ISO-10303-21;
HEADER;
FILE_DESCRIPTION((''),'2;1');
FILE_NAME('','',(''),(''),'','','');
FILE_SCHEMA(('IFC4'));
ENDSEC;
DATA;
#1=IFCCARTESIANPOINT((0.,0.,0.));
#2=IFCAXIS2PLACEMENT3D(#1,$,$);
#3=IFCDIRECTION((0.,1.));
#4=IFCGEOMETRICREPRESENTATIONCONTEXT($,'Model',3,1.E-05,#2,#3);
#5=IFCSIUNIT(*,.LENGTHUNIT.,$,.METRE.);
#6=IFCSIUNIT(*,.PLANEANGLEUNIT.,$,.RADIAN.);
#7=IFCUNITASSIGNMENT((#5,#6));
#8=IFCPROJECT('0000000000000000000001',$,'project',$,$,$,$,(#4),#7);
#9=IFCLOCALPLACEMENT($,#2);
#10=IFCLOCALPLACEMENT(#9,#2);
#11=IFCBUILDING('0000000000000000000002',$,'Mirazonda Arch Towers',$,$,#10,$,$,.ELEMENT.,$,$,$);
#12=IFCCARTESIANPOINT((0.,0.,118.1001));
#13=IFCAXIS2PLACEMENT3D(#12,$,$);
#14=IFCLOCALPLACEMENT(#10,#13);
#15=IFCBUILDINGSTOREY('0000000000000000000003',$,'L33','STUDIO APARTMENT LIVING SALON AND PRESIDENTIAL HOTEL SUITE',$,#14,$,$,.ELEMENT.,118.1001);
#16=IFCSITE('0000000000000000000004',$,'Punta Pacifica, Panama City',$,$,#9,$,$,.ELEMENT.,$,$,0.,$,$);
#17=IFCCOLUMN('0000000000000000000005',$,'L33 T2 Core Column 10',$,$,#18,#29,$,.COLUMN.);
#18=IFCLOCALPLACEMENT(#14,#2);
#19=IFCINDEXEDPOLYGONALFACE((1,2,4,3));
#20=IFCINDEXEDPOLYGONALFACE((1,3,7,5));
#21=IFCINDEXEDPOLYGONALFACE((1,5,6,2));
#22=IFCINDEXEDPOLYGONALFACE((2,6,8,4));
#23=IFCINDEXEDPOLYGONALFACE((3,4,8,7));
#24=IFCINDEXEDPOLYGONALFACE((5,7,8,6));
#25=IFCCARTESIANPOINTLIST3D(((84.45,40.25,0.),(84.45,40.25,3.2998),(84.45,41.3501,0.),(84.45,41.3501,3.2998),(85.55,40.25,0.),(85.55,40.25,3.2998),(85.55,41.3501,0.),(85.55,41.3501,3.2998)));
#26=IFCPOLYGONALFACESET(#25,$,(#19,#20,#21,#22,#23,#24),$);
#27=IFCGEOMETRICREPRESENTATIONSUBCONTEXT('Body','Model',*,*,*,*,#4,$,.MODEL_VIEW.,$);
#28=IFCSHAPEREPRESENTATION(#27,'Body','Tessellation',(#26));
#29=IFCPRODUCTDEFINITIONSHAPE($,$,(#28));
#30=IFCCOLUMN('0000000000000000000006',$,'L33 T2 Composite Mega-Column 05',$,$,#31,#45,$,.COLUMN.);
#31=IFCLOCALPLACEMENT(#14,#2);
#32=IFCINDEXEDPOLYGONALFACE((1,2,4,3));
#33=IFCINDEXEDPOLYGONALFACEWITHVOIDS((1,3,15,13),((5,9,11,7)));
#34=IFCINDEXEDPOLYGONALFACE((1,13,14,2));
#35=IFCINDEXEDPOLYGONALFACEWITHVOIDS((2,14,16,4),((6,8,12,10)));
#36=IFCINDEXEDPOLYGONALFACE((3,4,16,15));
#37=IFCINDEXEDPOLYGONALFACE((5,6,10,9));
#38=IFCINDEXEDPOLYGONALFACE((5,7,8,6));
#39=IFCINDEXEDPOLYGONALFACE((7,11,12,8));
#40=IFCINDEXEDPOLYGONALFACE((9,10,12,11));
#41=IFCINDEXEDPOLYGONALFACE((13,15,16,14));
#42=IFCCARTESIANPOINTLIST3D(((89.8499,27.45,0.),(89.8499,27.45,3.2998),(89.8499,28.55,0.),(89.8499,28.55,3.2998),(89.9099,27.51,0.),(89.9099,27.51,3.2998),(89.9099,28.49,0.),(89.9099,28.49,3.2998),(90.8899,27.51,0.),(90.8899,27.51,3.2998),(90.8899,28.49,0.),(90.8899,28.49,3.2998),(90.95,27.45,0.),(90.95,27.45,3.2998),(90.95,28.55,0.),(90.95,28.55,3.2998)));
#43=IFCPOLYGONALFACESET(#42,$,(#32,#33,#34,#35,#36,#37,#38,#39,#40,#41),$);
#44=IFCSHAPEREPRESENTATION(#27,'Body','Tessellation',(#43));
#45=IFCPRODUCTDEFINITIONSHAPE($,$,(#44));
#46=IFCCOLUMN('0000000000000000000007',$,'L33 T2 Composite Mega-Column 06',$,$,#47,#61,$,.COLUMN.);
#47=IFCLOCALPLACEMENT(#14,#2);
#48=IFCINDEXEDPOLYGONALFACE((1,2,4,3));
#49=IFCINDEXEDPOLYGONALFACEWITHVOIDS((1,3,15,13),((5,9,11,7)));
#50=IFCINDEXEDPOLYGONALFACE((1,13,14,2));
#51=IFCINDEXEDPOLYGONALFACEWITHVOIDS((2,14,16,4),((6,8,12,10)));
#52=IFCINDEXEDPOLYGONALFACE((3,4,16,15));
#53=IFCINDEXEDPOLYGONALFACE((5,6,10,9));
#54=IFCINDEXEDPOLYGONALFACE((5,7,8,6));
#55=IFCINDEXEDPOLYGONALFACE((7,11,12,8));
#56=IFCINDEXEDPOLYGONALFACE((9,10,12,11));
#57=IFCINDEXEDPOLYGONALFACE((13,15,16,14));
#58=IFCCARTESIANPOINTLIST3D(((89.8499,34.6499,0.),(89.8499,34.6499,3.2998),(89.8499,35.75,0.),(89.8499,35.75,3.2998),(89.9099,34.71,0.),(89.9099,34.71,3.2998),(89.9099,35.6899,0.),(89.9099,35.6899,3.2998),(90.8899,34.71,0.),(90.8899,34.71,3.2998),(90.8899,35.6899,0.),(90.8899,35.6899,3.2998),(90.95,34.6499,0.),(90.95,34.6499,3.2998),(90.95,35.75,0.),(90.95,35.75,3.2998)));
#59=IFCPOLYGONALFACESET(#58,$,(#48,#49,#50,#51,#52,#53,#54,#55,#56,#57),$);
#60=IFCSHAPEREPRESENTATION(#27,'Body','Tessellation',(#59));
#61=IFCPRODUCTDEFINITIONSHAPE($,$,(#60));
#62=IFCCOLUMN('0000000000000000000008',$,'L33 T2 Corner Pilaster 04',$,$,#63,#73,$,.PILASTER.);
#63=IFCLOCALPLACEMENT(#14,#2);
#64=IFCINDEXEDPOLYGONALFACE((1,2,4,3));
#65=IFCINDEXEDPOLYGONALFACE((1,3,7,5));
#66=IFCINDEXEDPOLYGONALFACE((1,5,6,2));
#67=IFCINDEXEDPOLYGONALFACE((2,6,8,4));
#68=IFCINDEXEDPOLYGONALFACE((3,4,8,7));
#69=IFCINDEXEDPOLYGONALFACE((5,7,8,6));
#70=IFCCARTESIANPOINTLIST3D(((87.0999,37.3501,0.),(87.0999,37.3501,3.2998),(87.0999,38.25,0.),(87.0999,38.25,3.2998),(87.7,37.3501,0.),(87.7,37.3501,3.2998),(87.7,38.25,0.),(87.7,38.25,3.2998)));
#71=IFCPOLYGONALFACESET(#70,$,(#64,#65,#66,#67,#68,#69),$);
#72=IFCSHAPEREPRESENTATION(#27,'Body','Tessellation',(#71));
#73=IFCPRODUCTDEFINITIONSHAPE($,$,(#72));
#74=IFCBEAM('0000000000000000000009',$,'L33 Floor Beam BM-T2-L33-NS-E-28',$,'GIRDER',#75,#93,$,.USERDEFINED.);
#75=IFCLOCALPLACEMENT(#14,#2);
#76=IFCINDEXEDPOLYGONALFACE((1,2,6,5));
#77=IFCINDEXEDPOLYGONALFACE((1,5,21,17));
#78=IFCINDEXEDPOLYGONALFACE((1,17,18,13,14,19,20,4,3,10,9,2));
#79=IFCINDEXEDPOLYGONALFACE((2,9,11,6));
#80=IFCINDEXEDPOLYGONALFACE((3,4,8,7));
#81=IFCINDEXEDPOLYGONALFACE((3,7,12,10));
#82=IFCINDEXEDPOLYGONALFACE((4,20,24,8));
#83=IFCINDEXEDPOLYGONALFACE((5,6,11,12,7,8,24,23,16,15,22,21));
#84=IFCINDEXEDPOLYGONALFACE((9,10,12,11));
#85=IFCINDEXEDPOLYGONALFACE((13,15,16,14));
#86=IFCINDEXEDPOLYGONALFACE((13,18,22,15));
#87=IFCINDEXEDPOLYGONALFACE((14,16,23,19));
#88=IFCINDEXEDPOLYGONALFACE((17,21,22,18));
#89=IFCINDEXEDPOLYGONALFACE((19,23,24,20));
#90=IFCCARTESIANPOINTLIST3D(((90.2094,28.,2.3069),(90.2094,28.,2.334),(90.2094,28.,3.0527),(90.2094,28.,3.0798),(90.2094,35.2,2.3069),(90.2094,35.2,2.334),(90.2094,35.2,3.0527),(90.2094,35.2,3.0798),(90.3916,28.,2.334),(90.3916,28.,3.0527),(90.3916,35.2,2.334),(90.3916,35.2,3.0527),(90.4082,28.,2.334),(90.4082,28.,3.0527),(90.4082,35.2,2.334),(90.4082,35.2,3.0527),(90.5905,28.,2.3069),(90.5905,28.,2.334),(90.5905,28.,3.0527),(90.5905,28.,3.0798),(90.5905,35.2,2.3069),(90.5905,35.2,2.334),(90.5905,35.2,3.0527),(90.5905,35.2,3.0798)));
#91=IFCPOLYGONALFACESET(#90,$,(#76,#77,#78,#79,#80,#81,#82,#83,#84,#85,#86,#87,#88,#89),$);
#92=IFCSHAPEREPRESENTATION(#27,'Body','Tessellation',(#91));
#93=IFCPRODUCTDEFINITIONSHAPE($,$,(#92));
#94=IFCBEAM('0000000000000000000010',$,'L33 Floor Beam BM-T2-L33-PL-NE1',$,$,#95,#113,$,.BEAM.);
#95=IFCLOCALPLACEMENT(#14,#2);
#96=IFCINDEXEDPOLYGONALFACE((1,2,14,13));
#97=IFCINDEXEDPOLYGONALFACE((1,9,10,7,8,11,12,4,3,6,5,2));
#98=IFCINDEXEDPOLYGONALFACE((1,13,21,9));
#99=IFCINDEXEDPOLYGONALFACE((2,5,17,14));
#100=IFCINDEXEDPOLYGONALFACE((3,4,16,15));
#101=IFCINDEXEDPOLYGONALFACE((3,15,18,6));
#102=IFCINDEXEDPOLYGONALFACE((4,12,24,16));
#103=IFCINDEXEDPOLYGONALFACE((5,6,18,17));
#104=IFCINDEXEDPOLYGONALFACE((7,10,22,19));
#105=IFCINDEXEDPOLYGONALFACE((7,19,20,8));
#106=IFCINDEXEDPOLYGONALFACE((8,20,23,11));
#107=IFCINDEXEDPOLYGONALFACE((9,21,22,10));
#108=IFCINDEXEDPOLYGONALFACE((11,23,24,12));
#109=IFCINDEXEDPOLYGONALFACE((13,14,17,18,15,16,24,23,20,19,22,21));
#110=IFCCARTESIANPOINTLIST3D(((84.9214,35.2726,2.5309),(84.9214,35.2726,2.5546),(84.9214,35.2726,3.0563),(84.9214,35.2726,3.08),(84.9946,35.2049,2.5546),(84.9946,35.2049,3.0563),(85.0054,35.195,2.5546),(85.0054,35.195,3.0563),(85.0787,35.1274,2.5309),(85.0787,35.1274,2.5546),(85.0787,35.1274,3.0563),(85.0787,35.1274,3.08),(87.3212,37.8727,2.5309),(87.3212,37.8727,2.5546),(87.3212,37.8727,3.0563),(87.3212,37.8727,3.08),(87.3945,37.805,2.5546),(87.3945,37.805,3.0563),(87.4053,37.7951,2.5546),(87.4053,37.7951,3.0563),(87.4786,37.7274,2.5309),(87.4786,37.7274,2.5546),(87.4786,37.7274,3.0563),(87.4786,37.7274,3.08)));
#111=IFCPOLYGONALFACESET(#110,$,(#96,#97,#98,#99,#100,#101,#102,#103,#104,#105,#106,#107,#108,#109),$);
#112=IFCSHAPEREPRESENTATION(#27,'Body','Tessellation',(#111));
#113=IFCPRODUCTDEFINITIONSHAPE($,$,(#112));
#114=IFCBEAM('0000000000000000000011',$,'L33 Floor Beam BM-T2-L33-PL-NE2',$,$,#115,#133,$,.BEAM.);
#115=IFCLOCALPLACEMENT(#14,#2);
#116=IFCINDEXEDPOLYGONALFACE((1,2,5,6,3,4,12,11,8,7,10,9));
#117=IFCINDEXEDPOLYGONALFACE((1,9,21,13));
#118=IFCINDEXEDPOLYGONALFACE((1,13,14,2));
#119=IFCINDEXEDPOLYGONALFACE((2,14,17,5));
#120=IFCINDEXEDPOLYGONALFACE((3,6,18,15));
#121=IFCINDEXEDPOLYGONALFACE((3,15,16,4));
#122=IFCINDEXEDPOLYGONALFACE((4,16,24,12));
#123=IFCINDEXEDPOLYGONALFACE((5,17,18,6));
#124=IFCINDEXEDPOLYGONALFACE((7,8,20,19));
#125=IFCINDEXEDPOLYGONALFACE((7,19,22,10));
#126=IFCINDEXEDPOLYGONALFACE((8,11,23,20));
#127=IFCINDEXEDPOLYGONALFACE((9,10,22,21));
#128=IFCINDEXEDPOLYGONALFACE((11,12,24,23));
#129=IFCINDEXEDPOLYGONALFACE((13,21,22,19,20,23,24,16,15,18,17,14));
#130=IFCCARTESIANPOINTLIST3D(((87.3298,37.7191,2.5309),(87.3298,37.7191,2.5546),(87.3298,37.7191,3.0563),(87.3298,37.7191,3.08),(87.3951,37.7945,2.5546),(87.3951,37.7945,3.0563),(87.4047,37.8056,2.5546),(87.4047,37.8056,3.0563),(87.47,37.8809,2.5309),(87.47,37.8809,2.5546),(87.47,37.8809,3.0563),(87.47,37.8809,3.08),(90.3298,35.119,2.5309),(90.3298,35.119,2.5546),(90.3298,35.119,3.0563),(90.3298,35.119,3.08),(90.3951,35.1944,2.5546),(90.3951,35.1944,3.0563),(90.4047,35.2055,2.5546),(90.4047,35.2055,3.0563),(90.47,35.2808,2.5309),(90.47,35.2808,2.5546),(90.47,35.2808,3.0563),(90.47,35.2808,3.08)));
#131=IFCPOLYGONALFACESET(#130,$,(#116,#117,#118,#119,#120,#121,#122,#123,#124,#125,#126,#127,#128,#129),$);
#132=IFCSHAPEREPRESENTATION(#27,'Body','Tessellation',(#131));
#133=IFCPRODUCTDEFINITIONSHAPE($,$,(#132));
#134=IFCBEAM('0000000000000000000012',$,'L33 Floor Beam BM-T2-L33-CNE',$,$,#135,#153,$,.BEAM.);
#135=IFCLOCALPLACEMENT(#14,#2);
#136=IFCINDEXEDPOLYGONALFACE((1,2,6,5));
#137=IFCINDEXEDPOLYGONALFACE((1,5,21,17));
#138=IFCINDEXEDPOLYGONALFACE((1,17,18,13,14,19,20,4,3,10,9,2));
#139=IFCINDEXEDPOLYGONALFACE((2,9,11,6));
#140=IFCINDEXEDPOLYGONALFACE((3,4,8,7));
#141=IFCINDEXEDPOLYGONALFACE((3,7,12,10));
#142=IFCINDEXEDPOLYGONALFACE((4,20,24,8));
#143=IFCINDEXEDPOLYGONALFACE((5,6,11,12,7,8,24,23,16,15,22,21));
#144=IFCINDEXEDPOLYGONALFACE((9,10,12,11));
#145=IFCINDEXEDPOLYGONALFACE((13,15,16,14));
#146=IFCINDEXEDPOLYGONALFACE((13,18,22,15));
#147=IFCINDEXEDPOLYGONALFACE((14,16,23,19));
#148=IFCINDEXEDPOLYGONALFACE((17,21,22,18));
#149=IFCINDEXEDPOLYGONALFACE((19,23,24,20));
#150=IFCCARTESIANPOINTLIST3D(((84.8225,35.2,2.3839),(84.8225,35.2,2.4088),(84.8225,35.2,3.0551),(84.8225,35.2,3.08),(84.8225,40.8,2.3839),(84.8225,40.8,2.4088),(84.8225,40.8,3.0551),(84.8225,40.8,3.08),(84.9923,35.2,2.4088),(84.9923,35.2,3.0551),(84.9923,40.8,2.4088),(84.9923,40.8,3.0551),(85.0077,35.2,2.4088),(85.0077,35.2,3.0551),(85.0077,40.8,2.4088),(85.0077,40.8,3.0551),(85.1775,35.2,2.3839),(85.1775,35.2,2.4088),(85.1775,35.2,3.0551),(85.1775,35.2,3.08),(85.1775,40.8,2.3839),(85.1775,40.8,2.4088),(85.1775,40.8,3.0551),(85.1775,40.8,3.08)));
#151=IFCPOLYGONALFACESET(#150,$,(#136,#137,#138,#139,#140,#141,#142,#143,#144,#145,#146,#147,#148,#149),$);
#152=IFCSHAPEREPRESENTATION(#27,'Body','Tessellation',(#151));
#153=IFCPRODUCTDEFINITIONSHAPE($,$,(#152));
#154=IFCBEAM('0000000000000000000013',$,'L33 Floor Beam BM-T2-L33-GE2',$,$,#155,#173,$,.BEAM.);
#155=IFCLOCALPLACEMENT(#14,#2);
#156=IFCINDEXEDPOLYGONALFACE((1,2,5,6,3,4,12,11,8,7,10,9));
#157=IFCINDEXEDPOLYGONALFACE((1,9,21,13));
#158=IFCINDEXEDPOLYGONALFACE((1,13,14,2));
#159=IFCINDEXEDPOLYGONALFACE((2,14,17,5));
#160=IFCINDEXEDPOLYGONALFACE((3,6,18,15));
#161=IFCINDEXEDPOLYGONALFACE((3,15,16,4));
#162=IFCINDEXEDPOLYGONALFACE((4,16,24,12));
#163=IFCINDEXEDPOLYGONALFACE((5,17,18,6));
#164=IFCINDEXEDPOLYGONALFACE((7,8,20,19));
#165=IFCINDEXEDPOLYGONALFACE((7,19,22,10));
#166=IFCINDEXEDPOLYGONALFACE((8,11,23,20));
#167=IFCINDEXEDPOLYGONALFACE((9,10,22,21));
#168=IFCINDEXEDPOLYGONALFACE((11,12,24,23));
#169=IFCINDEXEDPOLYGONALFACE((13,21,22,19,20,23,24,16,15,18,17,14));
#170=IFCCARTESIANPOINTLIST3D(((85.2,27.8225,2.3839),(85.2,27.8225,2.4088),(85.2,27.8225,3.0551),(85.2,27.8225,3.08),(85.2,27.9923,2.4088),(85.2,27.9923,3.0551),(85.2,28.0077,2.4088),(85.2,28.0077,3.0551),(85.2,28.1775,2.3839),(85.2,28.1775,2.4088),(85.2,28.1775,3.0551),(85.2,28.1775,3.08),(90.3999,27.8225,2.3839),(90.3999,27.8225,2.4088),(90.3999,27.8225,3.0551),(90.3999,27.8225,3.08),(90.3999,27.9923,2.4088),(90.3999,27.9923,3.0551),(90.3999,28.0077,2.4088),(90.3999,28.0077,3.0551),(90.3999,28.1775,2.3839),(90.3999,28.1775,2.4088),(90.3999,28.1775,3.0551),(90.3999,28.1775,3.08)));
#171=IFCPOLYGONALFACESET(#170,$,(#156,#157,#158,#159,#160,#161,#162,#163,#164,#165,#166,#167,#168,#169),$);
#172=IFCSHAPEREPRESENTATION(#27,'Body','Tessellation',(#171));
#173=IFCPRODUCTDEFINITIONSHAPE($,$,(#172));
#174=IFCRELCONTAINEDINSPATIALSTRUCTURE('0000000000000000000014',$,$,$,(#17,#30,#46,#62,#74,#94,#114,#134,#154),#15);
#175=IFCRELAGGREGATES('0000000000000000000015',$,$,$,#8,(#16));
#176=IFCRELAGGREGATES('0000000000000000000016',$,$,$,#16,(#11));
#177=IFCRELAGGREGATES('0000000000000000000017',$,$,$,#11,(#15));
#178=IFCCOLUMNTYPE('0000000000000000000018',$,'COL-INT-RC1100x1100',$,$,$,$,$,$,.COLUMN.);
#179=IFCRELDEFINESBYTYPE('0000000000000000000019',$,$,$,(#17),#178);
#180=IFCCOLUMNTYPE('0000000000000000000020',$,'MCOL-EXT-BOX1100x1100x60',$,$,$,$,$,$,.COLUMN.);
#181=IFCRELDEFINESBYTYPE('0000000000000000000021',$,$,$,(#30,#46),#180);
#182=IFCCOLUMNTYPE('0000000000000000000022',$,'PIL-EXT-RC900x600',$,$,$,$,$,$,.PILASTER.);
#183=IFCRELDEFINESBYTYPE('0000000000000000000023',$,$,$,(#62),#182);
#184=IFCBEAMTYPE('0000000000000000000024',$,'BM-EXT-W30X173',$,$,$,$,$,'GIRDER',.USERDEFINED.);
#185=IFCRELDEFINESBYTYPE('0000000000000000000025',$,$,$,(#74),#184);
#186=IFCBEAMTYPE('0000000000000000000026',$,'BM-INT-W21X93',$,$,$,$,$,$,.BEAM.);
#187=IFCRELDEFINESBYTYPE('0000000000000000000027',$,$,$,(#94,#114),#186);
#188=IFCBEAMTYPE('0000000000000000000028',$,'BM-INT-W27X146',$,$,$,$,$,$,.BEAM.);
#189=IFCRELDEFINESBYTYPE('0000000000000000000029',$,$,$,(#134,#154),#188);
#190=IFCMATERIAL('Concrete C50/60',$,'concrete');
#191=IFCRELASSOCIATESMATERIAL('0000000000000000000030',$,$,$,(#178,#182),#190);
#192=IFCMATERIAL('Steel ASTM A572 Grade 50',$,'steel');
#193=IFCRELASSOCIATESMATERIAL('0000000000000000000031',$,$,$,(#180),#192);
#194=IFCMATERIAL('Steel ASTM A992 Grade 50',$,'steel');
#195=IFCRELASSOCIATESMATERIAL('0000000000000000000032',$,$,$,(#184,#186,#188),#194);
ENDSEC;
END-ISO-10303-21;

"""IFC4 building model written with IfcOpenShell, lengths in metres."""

from ifc_helpers import new_model, si_unit, direction, frame, origin, origin_2d, place, context, subcontext, project, spatial, rectangle, hollow_rectangle, i_section, extrude, material, material_profile, profile_set, type_object, element, save


model = new_model("IFC4")

# Units and contexts
model_context = context("Model", 3, precision=1e-05, world=origin(), true_north=direction((0.0, 1.0)))
body_context = subcontext(model_context, "Body", "Model", "MODEL_VIEW")
ifc_project = project(units=[si_unit("LENGTHUNIT", "METRE"), si_unit("PLANEANGLEUNIT", "RADIAN")], contexts=[model_context])

# Site, building, storey
site_placement = place(None, origin())
site = spatial("IfcSite", under=ifc_project, at=site_placement, Name="Punta Pacifica, Panama City", CompositionType="ELEMENT", RefElevation=0.0)
building_placement = place(site_placement, origin())
building = spatial("IfcBuilding", under=site, at=building_placement, Name="Mirazonda Arch Towers", CompositionType="ELEMENT")
storey_placement = place(building_placement, frame((0.0, 0.0, 118.1001)))
storey = spatial("IfcBuildingStorey", under=building, at=storey_placement, Name="L33", Description="STUDIO APARTMENT LIVING SALON AND PRESIDENTIAL HOTEL SUITE", CompositionType="ELEMENT", Elevation=118.1001)

# Columns
ifc_material_1 = material(Name="Concrete C50/60", Category="concrete")
ifc_material_profile_1 = material_profile(ifc_material_1, rectangle(XDim=1.1001, YDim=1.1001, at=origin_2d()), Name="RC1100x1100")
ifc_profile_set_1 = profile_set([ifc_material_profile_1], Name="Concrete C50/60")
column_type_1 = type_object("IfcColumnType", Name="COL-INT-RC1100x1100", PredefinedType="COLUMN", material=ifc_profile_set_1)
column_1_placement = place(storey_placement, frame((85.0, 40.8, 0.0), z_axis=(0.0, 0.0, 1.0), x_axis=(1.0, 0.0, 0.0)))
element("IfcColumn", 1, at=column_1_placement, inside=storey, type_object=column_type_1, Name="L33 T2 Core Column 10", PredefinedType="COLUMN", context=body_context, shape_type="SweptSolid", body=[
    extrude(rectangle(XDim=1.1001, YDim=1.1001, at=origin_2d()), origin(), (0.0, 0.0, 1.0), 3.2998),
])
ifc_material_2 = material(Name="Steel ASTM A572 Grade 50", Category="steel")
ifc_material_profile_2 = material_profile(ifc_material_2, hollow_rectangle(XDim=1.1001, YDim=1.1001, WallThickness=0.0601, at=origin_2d()), Name="BOX1100x1100x60")
ifc_profile_set_2 = profile_set([ifc_material_profile_2], Name="Steel ASTM A572 Grade 50")
column_type_2 = type_object("IfcColumnType", Name="MCOL-EXT-BOX1100x1100x60", PredefinedType="COLUMN", material=ifc_profile_set_2)
for number, where, z_axis, x_axis, name in (
    (2, (90.3999, 28.0, 0.0), (0.0, 0.0, 1.0), (1.0, 0.0, 0.0), "L33 T2 Composite Mega-Column 05"),
    (3, (90.3999, 35.2, 0.0), (0.0, 0.0, 1.0), (1.0, 0.0, 0.0), "L33 T2 Composite Mega-Column 06"),
):
    element("IfcColumn", number, at=place(storey_placement, frame(where, z_axis=z_axis, x_axis=x_axis)), inside=storey, type_object=column_type_2, Name=name, PredefinedType="COLUMN", context=body_context, shape_type="SweptSolid", body=[
        extrude(hollow_rectangle(XDim=1.1001, YDim=1.1001, WallThickness=0.0601, at=origin_2d()), origin(), (0.0, 0.0, 1.0), 3.2998),
    ])
ifc_material_profile_3 = material_profile(ifc_material_1, rectangle(XDim=0.6001, YDim=0.8999, at=origin_2d()), Name="RC900x600")
ifc_profile_set_3 = profile_set([ifc_material_profile_3], Name="Concrete C50/60")
column_type_3 = type_object("IfcColumnType", Name="PIL-EXT-RC900x600", PredefinedType="PILASTER", material=ifc_profile_set_3)
column_2_placement = place(storey_placement, frame((87.3999, 37.8, 0.0), z_axis=(0.0, 0.0, 1.0), x_axis=(1.0, 0.0, 0.0)))
element("IfcColumn", 4, at=column_2_placement, inside=storey, type_object=column_type_3, Name="L33 T2 Corner Pilaster 04", PredefinedType="PILASTER", context=body_context, shape_type="SweptSolid", body=[
    extrude(rectangle(XDim=0.6001, YDim=0.8999, at=origin_2d()), origin(), (0.0, 0.0, 1.0), 3.2998),
])

# Beams
ifc_material_3 = material(Name="Steel ASTM A992 Grade 50", Category="steel")
ifc_material_profile_4 = material_profile(ifc_material_3, i_section(OverallWidth=0.3811, OverallDepth=0.7729, WebThickness=0.0166, FlangeThickness=0.0271, at=origin_2d()), Name="W30X173")
ifc_profile_set_4 = profile_set([ifc_material_profile_4], Name="Steel ASTM A992 Grade 50")
beam_type_1 = type_object("IfcBeamType", Name="BM-EXT-W30X173", ElementType="GIRDER", PredefinedType="USERDEFINED", material=ifc_profile_set_4)
beam_1_placement = place(storey_placement, frame((90.3999, 28.0, 2.6934), z_axis=(0.0, 1.0, 0.0), x_axis=(-1.0, 0.0, 0.0)))
element("IfcBeam", 5, at=beam_1_placement, inside=storey, type_object=beam_type_1, Name="L33 Floor Beam BM-T2-L33-NS-E-28", ObjectType="GIRDER", PredefinedType="USERDEFINED", context=body_context, shape_type="SweptSolid", body=[
    extrude(i_section(OverallWidth=0.3811, OverallDepth=0.7729, WebThickness=0.0166, FlangeThickness=0.0271, at=origin_2d()), origin(), (0.0, 0.0, 1.0), 7.2),
])
ifc_material_profile_5 = material_profile(ifc_material_3, i_section(OverallWidth=0.2141, OverallDepth=0.5491, WebThickness=0.0146, FlangeThickness=0.0237, at=origin_2d()), Name="W21X93")
ifc_profile_set_5 = profile_set([ifc_material_profile_5], Name="Steel ASTM A992 Grade 50")
beam_type_2 = type_object("IfcBeamType", Name="BM-INT-W21X93", PredefinedType="BEAM", material=ifc_profile_set_5)
beam_2_placement = place(storey_placement, frame((87.3999, 37.8, 2.8054), z_axis=(-0.678251, -0.73483, 0.0), x_axis=(0.73483, -0.678251, 0.0)))
element("IfcBeam", 6, at=beam_2_placement, inside=storey, type_object=beam_type_2, Name="L33 Floor Beam BM-T2-L33-PL-NE1", PredefinedType="BEAM", context=body_context, shape_type="SweptSolid", body=[
    extrude(i_section(OverallWidth=0.2141, OverallDepth=0.5491, WebThickness=0.0146, FlangeThickness=0.0237, at=origin_2d()), origin(), (0.0, 0.0, 1.0), 3.5383),
])
beam_3_placement = place(storey_placement, frame((87.3999, 37.8, 2.8054), z_axis=(0.755677, -0.654945, 0.0), x_axis=(0.654945, 0.755677, 0.0)))
element("IfcBeam", 7, at=beam_3_placement, inside=storey, type_object=beam_type_2, Name="L33 Floor Beam BM-T2-L33-PL-NE2", PredefinedType="BEAM", context=body_context, shape_type="SweptSolid", body=[
    extrude(i_section(OverallWidth=0.2141, OverallDepth=0.5491, WebThickness=0.0146, FlangeThickness=0.0237, at=origin_2d()), origin(), (0.0, 0.0, 1.0), 3.97),
])
ifc_material_profile_6 = material_profile(ifc_material_3, i_section(OverallWidth=0.355, OverallDepth=0.696, WebThickness=0.0154, FlangeThickness=0.0249, at=origin_2d()), Name="W27X146")
ifc_profile_set_6 = profile_set([ifc_material_profile_6], Name="Steel ASTM A992 Grade 50")
beam_type_3 = type_object("IfcBeamType", Name="BM-INT-W27X146", PredefinedType="BEAM", material=ifc_profile_set_6)
beam_4_placement = place(storey_placement, frame((85.0, 35.2, 2.7319), z_axis=(0.0, 1.0, 0.0), x_axis=(-1.0, 0.0, 0.0)))
element("IfcBeam", 8, at=beam_4_placement, inside=storey, type_object=beam_type_3, Name="L33 Floor Beam BM-T2-L33-CNE", PredefinedType="BEAM", context=body_context, shape_type="SweptSolid", body=[
    extrude(i_section(OverallWidth=0.355, OverallDepth=0.696, WebThickness=0.0154, FlangeThickness=0.0249, at=origin_2d()), origin(), (0.0, 0.0, 1.0), 5.6001),
])
beam_5_placement = place(storey_placement, frame((85.2, 28.0, 2.7319), z_axis=(1.0, 0.0, 0.0), x_axis=(0.0, 1.0, 0.0)))
element("IfcBeam", 9, at=beam_5_placement, inside=storey, type_object=beam_type_3, Name="L33 Floor Beam BM-T2-L33-GE2", PredefinedType="BEAM", context=body_context, shape_type="SweptSolid", body=[
    extrude(i_section(OverallWidth=0.355, OverallDepth=0.696, WebThickness=0.0154, FlangeThickness=0.0249, at=origin_2d()), origin(), (0.0, 0.0, 1.0), 5.2),
])

save(model, "model.ifc")
